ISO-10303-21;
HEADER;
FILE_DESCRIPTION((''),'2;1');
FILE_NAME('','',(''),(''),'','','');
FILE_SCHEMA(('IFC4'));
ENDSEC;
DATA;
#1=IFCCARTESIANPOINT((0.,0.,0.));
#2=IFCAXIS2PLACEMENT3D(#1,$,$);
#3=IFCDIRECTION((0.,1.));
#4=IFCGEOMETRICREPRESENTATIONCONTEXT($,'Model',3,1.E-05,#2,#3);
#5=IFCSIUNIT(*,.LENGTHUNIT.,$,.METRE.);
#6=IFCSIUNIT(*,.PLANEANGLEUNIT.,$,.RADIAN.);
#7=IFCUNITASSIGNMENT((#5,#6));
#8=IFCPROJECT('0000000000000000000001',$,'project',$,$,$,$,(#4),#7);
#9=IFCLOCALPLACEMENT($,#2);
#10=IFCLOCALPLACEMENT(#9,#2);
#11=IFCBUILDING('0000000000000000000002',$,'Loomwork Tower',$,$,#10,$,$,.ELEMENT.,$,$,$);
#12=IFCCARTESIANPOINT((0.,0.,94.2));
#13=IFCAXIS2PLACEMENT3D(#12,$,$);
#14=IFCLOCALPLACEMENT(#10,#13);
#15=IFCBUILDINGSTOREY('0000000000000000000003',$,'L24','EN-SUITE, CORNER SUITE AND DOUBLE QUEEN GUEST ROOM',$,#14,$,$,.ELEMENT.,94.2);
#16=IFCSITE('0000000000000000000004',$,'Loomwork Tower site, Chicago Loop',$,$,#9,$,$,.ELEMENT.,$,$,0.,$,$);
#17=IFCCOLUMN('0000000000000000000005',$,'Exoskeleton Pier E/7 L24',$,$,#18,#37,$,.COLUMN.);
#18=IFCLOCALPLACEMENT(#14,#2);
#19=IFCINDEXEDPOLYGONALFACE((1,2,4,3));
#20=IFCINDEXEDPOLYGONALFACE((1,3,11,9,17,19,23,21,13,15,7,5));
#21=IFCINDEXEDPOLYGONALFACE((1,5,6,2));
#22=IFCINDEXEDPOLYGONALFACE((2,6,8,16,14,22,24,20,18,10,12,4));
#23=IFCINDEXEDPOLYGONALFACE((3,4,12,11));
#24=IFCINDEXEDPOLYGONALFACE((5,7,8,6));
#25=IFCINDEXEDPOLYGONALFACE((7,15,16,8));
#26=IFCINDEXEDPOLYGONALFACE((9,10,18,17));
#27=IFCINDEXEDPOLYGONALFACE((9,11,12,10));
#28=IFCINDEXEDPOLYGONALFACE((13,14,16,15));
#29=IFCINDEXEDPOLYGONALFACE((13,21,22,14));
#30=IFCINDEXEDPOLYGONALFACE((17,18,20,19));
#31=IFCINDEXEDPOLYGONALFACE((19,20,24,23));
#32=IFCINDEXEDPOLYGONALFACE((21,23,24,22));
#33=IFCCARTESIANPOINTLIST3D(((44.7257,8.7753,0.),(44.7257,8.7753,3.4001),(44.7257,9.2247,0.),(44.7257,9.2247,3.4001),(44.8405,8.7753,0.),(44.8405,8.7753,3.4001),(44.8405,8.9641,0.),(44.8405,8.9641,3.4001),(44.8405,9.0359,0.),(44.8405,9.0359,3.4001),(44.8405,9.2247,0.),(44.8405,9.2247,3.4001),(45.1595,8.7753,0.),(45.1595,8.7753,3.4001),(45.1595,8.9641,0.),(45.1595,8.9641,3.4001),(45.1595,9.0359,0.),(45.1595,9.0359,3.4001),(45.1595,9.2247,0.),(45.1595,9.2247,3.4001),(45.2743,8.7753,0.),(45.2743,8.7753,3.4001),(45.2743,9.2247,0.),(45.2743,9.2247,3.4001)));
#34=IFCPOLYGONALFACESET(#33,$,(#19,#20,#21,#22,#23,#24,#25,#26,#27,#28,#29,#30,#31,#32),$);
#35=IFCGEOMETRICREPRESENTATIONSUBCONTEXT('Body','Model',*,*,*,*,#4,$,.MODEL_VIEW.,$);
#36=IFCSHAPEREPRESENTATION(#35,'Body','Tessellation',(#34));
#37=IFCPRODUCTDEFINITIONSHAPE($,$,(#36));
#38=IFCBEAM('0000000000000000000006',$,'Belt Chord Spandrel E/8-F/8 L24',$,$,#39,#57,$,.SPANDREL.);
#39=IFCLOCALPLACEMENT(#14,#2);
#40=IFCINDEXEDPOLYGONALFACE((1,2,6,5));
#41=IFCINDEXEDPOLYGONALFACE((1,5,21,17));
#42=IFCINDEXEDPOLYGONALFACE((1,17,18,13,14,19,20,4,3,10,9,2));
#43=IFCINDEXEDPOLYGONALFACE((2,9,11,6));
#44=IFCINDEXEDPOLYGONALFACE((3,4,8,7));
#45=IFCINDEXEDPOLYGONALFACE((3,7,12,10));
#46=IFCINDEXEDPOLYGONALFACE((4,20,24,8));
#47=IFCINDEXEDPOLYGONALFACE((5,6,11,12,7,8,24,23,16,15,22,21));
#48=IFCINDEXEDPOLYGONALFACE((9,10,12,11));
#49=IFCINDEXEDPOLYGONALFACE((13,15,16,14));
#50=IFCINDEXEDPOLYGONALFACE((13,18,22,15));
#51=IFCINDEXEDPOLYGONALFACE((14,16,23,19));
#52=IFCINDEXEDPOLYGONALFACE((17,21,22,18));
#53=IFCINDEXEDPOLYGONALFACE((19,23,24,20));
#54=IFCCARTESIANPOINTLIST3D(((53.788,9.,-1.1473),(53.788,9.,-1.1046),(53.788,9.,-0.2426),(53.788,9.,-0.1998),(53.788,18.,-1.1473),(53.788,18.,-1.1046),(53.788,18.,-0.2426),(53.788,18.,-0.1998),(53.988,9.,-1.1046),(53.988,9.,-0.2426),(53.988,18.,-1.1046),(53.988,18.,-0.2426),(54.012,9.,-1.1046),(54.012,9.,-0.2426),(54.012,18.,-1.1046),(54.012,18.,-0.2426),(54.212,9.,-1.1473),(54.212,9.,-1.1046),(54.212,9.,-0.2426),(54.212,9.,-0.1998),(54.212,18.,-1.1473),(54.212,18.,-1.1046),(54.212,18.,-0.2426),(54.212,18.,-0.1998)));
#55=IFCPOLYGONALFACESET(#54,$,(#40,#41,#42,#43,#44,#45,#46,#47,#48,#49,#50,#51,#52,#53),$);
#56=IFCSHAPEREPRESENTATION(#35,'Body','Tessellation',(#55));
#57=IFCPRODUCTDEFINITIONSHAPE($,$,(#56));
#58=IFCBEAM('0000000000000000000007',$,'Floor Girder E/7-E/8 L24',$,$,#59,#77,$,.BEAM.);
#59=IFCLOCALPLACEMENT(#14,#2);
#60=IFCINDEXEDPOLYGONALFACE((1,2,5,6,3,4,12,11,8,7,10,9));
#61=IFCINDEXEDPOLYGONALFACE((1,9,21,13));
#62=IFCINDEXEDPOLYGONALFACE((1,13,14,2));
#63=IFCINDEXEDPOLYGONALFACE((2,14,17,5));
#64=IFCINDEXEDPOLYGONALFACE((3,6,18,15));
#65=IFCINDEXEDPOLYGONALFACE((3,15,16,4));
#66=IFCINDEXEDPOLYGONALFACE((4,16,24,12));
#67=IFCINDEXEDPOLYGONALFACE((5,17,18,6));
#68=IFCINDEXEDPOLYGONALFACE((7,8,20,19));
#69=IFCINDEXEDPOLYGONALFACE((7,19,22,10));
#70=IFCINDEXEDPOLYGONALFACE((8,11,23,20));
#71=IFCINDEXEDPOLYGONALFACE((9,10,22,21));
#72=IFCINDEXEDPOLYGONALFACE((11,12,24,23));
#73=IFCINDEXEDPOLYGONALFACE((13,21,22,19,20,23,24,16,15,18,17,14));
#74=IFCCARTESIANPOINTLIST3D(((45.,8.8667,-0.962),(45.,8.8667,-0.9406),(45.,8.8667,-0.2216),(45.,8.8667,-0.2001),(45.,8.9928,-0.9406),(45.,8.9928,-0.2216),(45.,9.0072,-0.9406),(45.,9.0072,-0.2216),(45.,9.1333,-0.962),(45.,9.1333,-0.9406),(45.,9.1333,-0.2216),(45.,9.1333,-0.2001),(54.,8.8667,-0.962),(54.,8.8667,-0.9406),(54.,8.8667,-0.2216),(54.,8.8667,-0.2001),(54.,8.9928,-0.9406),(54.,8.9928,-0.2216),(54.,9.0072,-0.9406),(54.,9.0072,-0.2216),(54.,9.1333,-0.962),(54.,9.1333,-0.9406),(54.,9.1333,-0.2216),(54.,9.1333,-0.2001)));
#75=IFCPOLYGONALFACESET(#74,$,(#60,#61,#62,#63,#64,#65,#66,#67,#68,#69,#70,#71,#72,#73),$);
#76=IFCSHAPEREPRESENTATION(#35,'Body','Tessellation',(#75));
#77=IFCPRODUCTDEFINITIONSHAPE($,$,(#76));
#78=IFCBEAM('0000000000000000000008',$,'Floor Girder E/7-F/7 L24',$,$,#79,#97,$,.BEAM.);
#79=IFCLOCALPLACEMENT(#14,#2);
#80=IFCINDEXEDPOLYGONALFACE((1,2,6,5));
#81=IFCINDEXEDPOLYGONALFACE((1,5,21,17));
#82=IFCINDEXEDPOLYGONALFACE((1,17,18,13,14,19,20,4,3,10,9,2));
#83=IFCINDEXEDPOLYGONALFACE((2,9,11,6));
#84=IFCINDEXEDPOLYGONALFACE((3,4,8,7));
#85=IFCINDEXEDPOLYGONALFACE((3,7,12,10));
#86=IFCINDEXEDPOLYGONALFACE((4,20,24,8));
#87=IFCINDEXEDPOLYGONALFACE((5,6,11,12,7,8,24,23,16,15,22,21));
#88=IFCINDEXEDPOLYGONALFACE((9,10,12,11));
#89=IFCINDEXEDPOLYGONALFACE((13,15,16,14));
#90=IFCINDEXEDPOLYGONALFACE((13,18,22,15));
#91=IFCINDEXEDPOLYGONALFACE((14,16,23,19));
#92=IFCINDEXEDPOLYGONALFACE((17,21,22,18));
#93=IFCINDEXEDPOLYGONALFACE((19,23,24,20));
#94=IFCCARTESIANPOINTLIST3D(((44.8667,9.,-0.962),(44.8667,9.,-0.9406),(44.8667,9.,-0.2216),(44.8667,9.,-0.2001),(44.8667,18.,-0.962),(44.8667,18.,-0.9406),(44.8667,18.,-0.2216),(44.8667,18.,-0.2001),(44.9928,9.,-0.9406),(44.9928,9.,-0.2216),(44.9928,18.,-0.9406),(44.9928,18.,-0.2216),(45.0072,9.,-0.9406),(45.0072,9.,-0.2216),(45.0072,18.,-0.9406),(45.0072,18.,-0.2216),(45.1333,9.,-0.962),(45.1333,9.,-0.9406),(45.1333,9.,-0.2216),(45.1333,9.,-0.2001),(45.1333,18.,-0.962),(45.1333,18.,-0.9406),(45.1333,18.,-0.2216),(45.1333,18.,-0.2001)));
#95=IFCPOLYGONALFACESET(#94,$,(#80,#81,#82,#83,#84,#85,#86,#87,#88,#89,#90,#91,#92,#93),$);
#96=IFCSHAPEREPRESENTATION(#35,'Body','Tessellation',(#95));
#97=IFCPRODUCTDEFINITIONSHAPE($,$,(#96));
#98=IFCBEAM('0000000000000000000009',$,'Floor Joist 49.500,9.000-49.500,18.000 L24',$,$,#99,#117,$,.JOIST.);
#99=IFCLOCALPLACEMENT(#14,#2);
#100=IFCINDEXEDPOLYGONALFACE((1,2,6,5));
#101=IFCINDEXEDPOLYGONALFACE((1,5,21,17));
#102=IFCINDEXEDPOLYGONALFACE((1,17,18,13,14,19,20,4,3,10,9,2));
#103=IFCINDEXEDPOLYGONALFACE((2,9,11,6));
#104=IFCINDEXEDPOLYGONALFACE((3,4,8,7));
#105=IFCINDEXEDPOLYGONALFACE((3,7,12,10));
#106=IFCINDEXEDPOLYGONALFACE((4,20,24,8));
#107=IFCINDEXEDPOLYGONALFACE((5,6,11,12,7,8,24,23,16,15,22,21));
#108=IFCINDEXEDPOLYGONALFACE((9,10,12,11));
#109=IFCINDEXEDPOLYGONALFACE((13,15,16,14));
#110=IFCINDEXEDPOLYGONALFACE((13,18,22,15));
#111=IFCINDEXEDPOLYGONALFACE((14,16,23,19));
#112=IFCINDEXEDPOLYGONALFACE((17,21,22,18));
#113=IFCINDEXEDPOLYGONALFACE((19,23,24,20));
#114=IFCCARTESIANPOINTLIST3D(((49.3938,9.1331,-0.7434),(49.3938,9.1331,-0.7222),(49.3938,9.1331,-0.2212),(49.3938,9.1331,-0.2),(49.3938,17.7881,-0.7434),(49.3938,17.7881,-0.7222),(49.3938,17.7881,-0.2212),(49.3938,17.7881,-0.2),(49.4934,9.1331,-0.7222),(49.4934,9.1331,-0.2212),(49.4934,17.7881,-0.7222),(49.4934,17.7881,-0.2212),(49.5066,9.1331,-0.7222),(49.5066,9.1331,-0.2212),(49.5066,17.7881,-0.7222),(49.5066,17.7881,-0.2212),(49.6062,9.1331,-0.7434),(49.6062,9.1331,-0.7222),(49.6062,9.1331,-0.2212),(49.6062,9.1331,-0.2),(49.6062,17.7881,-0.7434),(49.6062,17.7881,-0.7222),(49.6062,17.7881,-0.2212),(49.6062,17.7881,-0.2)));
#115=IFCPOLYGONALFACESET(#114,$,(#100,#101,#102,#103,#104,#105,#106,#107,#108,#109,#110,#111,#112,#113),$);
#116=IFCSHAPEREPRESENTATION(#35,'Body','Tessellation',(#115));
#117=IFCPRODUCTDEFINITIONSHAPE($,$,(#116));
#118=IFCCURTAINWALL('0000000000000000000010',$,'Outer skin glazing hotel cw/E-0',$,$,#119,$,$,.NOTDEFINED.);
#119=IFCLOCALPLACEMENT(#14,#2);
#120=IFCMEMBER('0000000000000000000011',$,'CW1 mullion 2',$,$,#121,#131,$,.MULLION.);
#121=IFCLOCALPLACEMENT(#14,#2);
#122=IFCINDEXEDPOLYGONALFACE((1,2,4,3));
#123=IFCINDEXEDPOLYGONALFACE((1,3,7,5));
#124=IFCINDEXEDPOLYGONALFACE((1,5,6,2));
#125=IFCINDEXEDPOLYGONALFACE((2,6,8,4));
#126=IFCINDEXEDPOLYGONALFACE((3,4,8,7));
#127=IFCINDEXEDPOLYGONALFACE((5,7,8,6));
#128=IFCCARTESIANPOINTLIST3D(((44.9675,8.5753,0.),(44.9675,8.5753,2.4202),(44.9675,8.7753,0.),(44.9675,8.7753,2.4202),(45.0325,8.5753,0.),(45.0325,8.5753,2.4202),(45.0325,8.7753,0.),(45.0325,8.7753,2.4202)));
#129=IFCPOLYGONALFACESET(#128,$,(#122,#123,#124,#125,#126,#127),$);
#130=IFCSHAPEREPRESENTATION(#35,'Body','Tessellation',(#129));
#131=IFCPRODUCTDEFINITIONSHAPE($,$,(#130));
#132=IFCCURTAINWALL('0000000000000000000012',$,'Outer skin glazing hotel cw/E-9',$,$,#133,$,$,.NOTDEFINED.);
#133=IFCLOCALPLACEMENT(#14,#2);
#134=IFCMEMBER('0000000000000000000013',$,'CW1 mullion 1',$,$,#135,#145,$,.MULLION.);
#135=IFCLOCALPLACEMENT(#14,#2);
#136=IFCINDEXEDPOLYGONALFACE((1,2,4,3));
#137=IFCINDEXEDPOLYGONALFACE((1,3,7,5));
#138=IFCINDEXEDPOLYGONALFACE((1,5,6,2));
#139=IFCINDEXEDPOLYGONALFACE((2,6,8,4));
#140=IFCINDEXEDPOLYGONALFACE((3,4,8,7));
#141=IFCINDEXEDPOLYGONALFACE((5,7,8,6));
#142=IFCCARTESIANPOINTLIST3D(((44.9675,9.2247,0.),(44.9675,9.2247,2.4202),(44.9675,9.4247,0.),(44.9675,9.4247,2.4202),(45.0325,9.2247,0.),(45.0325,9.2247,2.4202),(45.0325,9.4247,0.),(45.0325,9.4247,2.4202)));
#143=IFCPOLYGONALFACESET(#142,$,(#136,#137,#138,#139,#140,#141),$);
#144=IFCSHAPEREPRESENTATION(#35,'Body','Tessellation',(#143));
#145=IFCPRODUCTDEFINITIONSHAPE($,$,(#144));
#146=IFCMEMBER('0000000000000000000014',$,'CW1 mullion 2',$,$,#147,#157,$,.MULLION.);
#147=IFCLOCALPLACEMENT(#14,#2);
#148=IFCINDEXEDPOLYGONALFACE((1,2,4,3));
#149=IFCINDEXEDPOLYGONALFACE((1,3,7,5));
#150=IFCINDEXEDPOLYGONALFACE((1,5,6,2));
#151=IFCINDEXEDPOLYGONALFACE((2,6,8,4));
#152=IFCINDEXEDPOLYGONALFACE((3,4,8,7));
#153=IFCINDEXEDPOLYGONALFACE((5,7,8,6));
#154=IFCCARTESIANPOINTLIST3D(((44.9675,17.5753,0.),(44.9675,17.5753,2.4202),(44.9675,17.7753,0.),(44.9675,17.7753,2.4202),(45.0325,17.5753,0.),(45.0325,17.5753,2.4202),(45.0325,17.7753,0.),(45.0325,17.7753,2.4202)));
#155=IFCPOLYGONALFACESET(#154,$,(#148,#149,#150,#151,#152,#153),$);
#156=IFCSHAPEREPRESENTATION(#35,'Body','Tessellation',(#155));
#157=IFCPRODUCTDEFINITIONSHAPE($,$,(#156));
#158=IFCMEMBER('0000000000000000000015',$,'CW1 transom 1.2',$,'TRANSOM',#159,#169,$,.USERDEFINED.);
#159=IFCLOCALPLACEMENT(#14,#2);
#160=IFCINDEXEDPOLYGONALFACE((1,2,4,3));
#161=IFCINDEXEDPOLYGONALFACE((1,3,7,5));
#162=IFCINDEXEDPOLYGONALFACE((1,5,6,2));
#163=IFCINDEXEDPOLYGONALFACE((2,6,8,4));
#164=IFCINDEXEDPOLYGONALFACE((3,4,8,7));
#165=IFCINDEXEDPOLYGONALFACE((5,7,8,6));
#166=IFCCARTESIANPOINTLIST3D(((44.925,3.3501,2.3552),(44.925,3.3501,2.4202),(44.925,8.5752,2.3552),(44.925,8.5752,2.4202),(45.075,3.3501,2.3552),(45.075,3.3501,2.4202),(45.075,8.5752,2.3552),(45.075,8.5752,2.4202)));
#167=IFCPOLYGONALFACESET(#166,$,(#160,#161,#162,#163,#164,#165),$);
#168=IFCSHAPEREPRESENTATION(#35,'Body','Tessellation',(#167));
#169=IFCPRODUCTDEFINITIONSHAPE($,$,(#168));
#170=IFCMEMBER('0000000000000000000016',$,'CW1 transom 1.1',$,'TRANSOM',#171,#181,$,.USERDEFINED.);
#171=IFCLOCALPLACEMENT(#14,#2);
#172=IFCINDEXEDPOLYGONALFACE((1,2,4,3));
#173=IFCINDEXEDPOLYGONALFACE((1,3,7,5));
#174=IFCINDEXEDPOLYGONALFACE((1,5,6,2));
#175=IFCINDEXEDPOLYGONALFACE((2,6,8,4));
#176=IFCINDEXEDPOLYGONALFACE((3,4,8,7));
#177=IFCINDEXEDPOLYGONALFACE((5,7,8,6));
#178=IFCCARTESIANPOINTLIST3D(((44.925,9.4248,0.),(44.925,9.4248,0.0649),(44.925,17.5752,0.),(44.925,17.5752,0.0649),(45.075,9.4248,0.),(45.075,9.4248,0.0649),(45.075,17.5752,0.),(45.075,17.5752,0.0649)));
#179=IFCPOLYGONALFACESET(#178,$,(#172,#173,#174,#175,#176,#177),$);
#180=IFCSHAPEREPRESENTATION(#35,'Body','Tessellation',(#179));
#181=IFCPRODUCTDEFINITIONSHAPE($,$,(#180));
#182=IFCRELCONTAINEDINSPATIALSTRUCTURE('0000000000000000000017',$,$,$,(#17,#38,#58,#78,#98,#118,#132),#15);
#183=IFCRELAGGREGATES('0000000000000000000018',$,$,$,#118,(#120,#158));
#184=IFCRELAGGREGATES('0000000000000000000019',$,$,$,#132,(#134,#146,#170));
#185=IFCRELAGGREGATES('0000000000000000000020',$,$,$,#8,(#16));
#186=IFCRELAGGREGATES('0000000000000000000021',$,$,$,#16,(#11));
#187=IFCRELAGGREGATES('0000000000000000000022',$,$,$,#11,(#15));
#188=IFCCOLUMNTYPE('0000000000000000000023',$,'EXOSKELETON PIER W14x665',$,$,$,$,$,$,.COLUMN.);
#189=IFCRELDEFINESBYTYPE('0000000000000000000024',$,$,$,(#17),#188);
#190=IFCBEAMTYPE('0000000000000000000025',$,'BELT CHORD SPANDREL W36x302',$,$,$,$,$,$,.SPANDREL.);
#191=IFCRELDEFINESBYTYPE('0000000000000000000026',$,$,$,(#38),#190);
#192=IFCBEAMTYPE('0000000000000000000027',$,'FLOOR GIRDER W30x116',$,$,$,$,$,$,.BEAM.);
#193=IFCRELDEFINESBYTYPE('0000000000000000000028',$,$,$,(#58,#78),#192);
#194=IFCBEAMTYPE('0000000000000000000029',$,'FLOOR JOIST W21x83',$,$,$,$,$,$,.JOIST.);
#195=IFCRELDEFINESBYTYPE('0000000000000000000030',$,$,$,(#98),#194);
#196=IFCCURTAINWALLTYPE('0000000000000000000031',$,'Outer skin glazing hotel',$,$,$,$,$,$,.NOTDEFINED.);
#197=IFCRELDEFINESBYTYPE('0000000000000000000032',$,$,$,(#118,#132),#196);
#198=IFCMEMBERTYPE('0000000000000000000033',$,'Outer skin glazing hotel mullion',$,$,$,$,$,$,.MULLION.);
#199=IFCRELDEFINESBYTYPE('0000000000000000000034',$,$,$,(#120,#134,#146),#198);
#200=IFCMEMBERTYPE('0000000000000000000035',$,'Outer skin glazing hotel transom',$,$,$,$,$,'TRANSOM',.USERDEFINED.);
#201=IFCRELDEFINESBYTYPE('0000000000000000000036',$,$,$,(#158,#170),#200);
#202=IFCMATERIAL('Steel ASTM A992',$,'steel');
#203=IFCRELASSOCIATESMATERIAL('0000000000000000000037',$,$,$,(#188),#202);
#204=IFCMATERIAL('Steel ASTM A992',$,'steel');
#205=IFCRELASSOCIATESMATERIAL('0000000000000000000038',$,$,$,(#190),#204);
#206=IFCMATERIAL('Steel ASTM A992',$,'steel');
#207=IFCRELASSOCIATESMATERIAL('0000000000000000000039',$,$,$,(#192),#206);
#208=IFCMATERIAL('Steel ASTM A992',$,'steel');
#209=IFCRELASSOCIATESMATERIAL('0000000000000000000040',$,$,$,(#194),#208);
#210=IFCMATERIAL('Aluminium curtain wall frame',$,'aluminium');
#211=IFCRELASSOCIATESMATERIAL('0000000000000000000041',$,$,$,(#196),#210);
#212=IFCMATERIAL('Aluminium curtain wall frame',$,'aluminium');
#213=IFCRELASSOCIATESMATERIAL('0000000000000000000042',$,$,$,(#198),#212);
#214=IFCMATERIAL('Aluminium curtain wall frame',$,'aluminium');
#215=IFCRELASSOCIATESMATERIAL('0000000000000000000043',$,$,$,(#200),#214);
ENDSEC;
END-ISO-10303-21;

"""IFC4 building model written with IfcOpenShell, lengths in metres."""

from ifc_helpers import new_model, si_unit, direction, frame, origin, origin_2d, place, context, subcontext, project, spatial, rectangle, i_section, extrude, material, material_profile, profile_set, type_object, element, aggregate, save


model = new_model("IFC4")

# Units and contexts
model_context = context("Model", 3, precision=1e-05, world=origin(), true_north=direction((0.0, 1.0)))
body_context = subcontext(model_context, "Body", "Model", "MODEL_VIEW")
ifc_project = project(units=[si_unit("LENGTHUNIT", "METRE"), si_unit("PLANEANGLEUNIT", "RADIAN")], contexts=[model_context])

# Site, building, storey
site_placement = place(None, origin())
site = spatial("IfcSite", under=ifc_project, at=site_placement, Name="Loomwork Tower site, Chicago Loop", CompositionType="ELEMENT", RefElevation=0.0)
building_placement = place(site_placement, origin())
building = spatial("IfcBuilding", under=site, at=building_placement, Name="Loomwork Tower", CompositionType="ELEMENT")
storey_placement = place(building_placement, frame((0.0, 0.0, 94.2)))
storey = spatial("IfcBuildingStorey", under=building, at=storey_placement, Name="L24", Description="EN-SUITE, CORNER SUITE AND DOUBLE QUEEN GUEST ROOM", CompositionType="ELEMENT", Elevation=94.2)

# Column
ifc_material_1 = material(Name="Steel ASTM A992", Category="steel")
ifc_material_profile_1 = material_profile(ifc_material_1, i_section(OverallWidth=0.4495, OverallDepth=0.5486, WebThickness=0.0718, FlangeThickness=0.1147, at=origin_2d()), Name="W14x665")
ifc_profile_set_1 = profile_set([ifc_material_profile_1], Name="Steel ASTM A992")
column_type = type_object("IfcColumnType", Name="EXOSKELETON PIER W14x665", PredefinedType="COLUMN", material=ifc_profile_set_1)
column_placement = place(storey_placement, frame((45.0, 9.0, 0.0), z_axis=(0.0, 0.0, 1.0), x_axis=(0.0, 1.0, 0.0)))
element("IfcColumn", 1, at=column_placement, inside=storey, type_object=column_type, Name="Exoskeleton Pier E/7 L24", PredefinedType="COLUMN", context=body_context, shape_type="SweptSolid", body=[
    extrude(i_section(OverallWidth=0.4495, OverallDepth=0.5486, WebThickness=0.0718, FlangeThickness=0.1147, at=origin_2d()), origin(), (0.0, 0.0, 1.0), 3.4001),
])

# Beams
ifc_material_2 = material(Name="Steel ASTM A992", Category="steel")
ifc_material_profile_2 = material_profile(ifc_material_2, i_section(OverallWidth=0.4241, OverallDepth=0.9475, WebThickness=0.0239, FlangeThickness=0.0427, at=origin_2d()), Name="W36x302")
ifc_profile_set_2 = profile_set([ifc_material_profile_2], Name="Steel ASTM A992")
beam_type_1 = type_object("IfcBeamType", Name="BELT CHORD SPANDREL W36x302", PredefinedType="SPANDREL", material=ifc_profile_set_2)
beam_1_placement = place(storey_placement, frame((54.0, 9.0, -0.6736), z_axis=(0.0, 1.0, 0.0), x_axis=(-1.0, 0.0, 0.0)))
element("IfcBeam", 2, at=beam_1_placement, inside=storey, type_object=beam_type_1, Name="Belt Chord Spandrel E/8-F/8 L24", PredefinedType="SPANDREL", context=body_context, shape_type="SweptSolid", body=[
    extrude(i_section(OverallWidth=0.4241, OverallDepth=0.9475, WebThickness=0.0239, FlangeThickness=0.0427, at=origin_2d()), origin(), (0.0, 0.0, 1.0), 9.0),
])
ifc_material_3 = material(Name="Steel ASTM A992", Category="steel")
ifc_material_profile_3 = material_profile(ifc_material_3, i_section(OverallWidth=0.2666, OverallDepth=0.762, WebThickness=0.0144, FlangeThickness=0.0215, at=origin_2d()), Name="W30x116")
ifc_profile_set_3 = profile_set([ifc_material_profile_3], Name="Steel ASTM A992")
beam_type_2 = type_object("IfcBeamType", Name="FLOOR GIRDER W30x116", PredefinedType="BEAM", material=ifc_profile_set_3)
for number, where, z_axis, x_axis, name in (
    (3, (45.0, 9.0, -0.5811), (1.0, 0.0, 0.0), (0.0, 1.0, 0.0), "Floor Girder E/7-E/8 L24"),
    (4, (45.0, 9.0, -0.5811), (0.0, 1.0, 0.0), (-1.0, 0.0, 0.0), "Floor Girder E/7-F/7 L24"),
):
    element("IfcBeam", number, at=place(storey_placement, frame(where, z_axis=z_axis, x_axis=x_axis)), inside=storey, type_object=beam_type_2, Name=name, PredefinedType="BEAM", context=body_context, shape_type="SweptSolid", body=[
        extrude(i_section(OverallWidth=0.2666, OverallDepth=0.762, WebThickness=0.0144, FlangeThickness=0.0215, at=origin_2d()), origin(), (0.0, 0.0, 1.0), 9.0),
    ])
ifc_material_4 = material(Name="Steel ASTM A992", Category="steel")
ifc_material_profile_4 = material_profile(ifc_material_4, i_section(OverallWidth=0.2124, OverallDepth=0.5435, WebThickness=0.0132, FlangeThickness=0.0212, at=origin_2d()), Name="W21x83")
ifc_profile_set_4 = profile_set([ifc_material_profile_4], Name="Steel ASTM A992")
beam_type_3 = type_object("IfcBeamType", Name="FLOOR JOIST W21x83", PredefinedType="JOIST", material=ifc_profile_set_4)
beam_2_placement = place(storey_placement, frame((49.5, 9.1331, -0.4717), z_axis=(0.0, 1.0, 0.0), x_axis=(-1.0, 0.0, 0.0)))
element("IfcBeam", 5, at=beam_2_placement, inside=storey, type_object=beam_type_3, Name="Floor Joist 49.500,9.000-49.500,18.000 L24", PredefinedType="JOIST", context=body_context, shape_type="SweptSolid", body=[
    extrude(i_section(OverallWidth=0.2124, OverallDepth=0.5435, WebThickness=0.0132, FlangeThickness=0.0212, at=origin_2d()), origin(), (0.0, 0.0, 1.0), 8.655),
])

# Curtain wall, member
ifc_material_5 = material(Name="Aluminium curtain wall frame", Category="aluminium")
curtain_wall_type = type_object("IfcCurtainWallType", Name="Outer skin glazing hotel", PredefinedType="NOTDEFINED", material=ifc_material_5)
curtain_wall_1_placement = place(storey_placement, origin())
curtain_wall_1 = element("IfcCurtainWall", 6, at=curtain_wall_1_placement, inside=storey, type_object=curtain_wall_type, Name="Outer skin glazing hotel cw/E-0", PredefinedType="NOTDEFINED")
ifc_material_6 = material(Name="Aluminium curtain wall frame", Category="aluminium")
ifc_material_profile_5 = material_profile(ifc_material_6, rectangle(XDim=0.0649, YDim=0.2, at=origin_2d()), Name="AL 65x200")
ifc_profile_set_5 = profile_set([ifc_material_profile_5], Name="Aluminium curtain wall frame")
member_type_1 = type_object("IfcMemberType", Name="Outer skin glazing hotel mullion", PredefinedType="MULLION", material=ifc_profile_set_5)
member_1_placement = place(storey_placement, frame((45.0, 8.6753, 0.0), z_axis=(0.0, 0.0, 1.0), x_axis=(-1.0, 0.0, 0.0)))
member_1 = element("IfcMember", 7, at=member_1_placement, type_object=member_type_1, Name="CW1 mullion 2", PredefinedType="MULLION", context=body_context, shape_type="SweptSolid", body=[
    extrude(rectangle(XDim=0.0649, YDim=0.2, at=origin_2d()), origin(), (0.0, 0.0, 1.0), 2.4202),
])

# Curtain wall, members
curtain_wall_2_placement = place(storey_placement, origin())
curtain_wall_2 = element("IfcCurtainWall", 8, at=curtain_wall_2_placement, inside=storey, type_object=curtain_wall_type, Name="Outer skin glazing hotel cw/E-9", PredefinedType="NOTDEFINED")
member_2_placement = place(storey_placement, frame((45.0, 9.3247, 0.0), z_axis=(0.0, 0.0, 1.0), x_axis=(-1.0, 0.0, 0.0)))
member_2 = element("IfcMember", 9, at=member_2_placement, type_object=member_type_1, Name="CW1 mullion 1", PredefinedType="MULLION", context=body_context, shape_type="SweptSolid", body=[
    extrude(rectangle(XDim=0.0649, YDim=0.2, at=origin_2d()), origin(), (0.0, 0.0, 1.0), 2.4202),
])
member_3_placement = place(storey_placement, frame((45.0, 17.6753, 0.0), z_axis=(0.0, 0.0, 1.0), x_axis=(-1.0, 0.0, 0.0)))
member_3 = element("IfcMember", 10, at=member_3_placement, type_object=member_type_1, Name="CW1 mullion 2", PredefinedType="MULLION", context=body_context, shape_type="SweptSolid", body=[
    extrude(rectangle(XDim=0.0649, YDim=0.2, at=origin_2d()), origin(), (0.0, 0.0, 1.0), 2.4202),
])

# Members
ifc_material_7 = material(Name="Aluminium curtain wall frame", Category="aluminium")
ifc_material_profile_6 = material_profile(ifc_material_7, rectangle(XDim=0.1499, YDim=0.0649, at=origin_2d()), Name="AL 65x150")
ifc_profile_set_6 = profile_set([ifc_material_profile_6], Name="Aluminium curtain wall frame")
member_type_2 = type_object("IfcMemberType", Name="Outer skin glazing hotel transom", ElementType="TRANSOM", PredefinedType="USERDEFINED", material=ifc_profile_set_6)
member_4_placement = place(storey_placement, frame((45.0, 3.3501, 2.3877), z_axis=(0.0, 1.0, 0.0), x_axis=(-1.0, 0.0, 0.0)))
member_4 = element("IfcMember", 11, at=member_4_placement, type_object=member_type_2, Name="CW1 transom 1.2", ObjectType="TRANSOM", PredefinedType="USERDEFINED", context=body_context, shape_type="SweptSolid", body=[
    extrude(rectangle(XDim=0.1499, YDim=0.0649, at=origin_2d()), origin(), (0.0, 0.0, 1.0), 5.2251),
])
member_5_placement = place(storey_placement, frame((45.0, 9.4248, 0.0325), z_axis=(0.0, 1.0, 0.0), x_axis=(-1.0, 0.0, 0.0)))
member_5 = element("IfcMember", 12, at=member_5_placement, type_object=member_type_2, Name="CW1 transom 1.1", ObjectType="TRANSOM", PredefinedType="USERDEFINED", context=body_context, shape_type="SweptSolid", body=[
    extrude(rectangle(XDim=0.1499, YDim=0.0649, at=origin_2d()), origin(), (0.0, 0.0, 1.0), 8.1504),
])

aggregate(curtain_wall_1, [member_1, member_4])
aggregate(curtain_wall_2, [member_2, member_3, member_5])

save(model, "model.ifc")
